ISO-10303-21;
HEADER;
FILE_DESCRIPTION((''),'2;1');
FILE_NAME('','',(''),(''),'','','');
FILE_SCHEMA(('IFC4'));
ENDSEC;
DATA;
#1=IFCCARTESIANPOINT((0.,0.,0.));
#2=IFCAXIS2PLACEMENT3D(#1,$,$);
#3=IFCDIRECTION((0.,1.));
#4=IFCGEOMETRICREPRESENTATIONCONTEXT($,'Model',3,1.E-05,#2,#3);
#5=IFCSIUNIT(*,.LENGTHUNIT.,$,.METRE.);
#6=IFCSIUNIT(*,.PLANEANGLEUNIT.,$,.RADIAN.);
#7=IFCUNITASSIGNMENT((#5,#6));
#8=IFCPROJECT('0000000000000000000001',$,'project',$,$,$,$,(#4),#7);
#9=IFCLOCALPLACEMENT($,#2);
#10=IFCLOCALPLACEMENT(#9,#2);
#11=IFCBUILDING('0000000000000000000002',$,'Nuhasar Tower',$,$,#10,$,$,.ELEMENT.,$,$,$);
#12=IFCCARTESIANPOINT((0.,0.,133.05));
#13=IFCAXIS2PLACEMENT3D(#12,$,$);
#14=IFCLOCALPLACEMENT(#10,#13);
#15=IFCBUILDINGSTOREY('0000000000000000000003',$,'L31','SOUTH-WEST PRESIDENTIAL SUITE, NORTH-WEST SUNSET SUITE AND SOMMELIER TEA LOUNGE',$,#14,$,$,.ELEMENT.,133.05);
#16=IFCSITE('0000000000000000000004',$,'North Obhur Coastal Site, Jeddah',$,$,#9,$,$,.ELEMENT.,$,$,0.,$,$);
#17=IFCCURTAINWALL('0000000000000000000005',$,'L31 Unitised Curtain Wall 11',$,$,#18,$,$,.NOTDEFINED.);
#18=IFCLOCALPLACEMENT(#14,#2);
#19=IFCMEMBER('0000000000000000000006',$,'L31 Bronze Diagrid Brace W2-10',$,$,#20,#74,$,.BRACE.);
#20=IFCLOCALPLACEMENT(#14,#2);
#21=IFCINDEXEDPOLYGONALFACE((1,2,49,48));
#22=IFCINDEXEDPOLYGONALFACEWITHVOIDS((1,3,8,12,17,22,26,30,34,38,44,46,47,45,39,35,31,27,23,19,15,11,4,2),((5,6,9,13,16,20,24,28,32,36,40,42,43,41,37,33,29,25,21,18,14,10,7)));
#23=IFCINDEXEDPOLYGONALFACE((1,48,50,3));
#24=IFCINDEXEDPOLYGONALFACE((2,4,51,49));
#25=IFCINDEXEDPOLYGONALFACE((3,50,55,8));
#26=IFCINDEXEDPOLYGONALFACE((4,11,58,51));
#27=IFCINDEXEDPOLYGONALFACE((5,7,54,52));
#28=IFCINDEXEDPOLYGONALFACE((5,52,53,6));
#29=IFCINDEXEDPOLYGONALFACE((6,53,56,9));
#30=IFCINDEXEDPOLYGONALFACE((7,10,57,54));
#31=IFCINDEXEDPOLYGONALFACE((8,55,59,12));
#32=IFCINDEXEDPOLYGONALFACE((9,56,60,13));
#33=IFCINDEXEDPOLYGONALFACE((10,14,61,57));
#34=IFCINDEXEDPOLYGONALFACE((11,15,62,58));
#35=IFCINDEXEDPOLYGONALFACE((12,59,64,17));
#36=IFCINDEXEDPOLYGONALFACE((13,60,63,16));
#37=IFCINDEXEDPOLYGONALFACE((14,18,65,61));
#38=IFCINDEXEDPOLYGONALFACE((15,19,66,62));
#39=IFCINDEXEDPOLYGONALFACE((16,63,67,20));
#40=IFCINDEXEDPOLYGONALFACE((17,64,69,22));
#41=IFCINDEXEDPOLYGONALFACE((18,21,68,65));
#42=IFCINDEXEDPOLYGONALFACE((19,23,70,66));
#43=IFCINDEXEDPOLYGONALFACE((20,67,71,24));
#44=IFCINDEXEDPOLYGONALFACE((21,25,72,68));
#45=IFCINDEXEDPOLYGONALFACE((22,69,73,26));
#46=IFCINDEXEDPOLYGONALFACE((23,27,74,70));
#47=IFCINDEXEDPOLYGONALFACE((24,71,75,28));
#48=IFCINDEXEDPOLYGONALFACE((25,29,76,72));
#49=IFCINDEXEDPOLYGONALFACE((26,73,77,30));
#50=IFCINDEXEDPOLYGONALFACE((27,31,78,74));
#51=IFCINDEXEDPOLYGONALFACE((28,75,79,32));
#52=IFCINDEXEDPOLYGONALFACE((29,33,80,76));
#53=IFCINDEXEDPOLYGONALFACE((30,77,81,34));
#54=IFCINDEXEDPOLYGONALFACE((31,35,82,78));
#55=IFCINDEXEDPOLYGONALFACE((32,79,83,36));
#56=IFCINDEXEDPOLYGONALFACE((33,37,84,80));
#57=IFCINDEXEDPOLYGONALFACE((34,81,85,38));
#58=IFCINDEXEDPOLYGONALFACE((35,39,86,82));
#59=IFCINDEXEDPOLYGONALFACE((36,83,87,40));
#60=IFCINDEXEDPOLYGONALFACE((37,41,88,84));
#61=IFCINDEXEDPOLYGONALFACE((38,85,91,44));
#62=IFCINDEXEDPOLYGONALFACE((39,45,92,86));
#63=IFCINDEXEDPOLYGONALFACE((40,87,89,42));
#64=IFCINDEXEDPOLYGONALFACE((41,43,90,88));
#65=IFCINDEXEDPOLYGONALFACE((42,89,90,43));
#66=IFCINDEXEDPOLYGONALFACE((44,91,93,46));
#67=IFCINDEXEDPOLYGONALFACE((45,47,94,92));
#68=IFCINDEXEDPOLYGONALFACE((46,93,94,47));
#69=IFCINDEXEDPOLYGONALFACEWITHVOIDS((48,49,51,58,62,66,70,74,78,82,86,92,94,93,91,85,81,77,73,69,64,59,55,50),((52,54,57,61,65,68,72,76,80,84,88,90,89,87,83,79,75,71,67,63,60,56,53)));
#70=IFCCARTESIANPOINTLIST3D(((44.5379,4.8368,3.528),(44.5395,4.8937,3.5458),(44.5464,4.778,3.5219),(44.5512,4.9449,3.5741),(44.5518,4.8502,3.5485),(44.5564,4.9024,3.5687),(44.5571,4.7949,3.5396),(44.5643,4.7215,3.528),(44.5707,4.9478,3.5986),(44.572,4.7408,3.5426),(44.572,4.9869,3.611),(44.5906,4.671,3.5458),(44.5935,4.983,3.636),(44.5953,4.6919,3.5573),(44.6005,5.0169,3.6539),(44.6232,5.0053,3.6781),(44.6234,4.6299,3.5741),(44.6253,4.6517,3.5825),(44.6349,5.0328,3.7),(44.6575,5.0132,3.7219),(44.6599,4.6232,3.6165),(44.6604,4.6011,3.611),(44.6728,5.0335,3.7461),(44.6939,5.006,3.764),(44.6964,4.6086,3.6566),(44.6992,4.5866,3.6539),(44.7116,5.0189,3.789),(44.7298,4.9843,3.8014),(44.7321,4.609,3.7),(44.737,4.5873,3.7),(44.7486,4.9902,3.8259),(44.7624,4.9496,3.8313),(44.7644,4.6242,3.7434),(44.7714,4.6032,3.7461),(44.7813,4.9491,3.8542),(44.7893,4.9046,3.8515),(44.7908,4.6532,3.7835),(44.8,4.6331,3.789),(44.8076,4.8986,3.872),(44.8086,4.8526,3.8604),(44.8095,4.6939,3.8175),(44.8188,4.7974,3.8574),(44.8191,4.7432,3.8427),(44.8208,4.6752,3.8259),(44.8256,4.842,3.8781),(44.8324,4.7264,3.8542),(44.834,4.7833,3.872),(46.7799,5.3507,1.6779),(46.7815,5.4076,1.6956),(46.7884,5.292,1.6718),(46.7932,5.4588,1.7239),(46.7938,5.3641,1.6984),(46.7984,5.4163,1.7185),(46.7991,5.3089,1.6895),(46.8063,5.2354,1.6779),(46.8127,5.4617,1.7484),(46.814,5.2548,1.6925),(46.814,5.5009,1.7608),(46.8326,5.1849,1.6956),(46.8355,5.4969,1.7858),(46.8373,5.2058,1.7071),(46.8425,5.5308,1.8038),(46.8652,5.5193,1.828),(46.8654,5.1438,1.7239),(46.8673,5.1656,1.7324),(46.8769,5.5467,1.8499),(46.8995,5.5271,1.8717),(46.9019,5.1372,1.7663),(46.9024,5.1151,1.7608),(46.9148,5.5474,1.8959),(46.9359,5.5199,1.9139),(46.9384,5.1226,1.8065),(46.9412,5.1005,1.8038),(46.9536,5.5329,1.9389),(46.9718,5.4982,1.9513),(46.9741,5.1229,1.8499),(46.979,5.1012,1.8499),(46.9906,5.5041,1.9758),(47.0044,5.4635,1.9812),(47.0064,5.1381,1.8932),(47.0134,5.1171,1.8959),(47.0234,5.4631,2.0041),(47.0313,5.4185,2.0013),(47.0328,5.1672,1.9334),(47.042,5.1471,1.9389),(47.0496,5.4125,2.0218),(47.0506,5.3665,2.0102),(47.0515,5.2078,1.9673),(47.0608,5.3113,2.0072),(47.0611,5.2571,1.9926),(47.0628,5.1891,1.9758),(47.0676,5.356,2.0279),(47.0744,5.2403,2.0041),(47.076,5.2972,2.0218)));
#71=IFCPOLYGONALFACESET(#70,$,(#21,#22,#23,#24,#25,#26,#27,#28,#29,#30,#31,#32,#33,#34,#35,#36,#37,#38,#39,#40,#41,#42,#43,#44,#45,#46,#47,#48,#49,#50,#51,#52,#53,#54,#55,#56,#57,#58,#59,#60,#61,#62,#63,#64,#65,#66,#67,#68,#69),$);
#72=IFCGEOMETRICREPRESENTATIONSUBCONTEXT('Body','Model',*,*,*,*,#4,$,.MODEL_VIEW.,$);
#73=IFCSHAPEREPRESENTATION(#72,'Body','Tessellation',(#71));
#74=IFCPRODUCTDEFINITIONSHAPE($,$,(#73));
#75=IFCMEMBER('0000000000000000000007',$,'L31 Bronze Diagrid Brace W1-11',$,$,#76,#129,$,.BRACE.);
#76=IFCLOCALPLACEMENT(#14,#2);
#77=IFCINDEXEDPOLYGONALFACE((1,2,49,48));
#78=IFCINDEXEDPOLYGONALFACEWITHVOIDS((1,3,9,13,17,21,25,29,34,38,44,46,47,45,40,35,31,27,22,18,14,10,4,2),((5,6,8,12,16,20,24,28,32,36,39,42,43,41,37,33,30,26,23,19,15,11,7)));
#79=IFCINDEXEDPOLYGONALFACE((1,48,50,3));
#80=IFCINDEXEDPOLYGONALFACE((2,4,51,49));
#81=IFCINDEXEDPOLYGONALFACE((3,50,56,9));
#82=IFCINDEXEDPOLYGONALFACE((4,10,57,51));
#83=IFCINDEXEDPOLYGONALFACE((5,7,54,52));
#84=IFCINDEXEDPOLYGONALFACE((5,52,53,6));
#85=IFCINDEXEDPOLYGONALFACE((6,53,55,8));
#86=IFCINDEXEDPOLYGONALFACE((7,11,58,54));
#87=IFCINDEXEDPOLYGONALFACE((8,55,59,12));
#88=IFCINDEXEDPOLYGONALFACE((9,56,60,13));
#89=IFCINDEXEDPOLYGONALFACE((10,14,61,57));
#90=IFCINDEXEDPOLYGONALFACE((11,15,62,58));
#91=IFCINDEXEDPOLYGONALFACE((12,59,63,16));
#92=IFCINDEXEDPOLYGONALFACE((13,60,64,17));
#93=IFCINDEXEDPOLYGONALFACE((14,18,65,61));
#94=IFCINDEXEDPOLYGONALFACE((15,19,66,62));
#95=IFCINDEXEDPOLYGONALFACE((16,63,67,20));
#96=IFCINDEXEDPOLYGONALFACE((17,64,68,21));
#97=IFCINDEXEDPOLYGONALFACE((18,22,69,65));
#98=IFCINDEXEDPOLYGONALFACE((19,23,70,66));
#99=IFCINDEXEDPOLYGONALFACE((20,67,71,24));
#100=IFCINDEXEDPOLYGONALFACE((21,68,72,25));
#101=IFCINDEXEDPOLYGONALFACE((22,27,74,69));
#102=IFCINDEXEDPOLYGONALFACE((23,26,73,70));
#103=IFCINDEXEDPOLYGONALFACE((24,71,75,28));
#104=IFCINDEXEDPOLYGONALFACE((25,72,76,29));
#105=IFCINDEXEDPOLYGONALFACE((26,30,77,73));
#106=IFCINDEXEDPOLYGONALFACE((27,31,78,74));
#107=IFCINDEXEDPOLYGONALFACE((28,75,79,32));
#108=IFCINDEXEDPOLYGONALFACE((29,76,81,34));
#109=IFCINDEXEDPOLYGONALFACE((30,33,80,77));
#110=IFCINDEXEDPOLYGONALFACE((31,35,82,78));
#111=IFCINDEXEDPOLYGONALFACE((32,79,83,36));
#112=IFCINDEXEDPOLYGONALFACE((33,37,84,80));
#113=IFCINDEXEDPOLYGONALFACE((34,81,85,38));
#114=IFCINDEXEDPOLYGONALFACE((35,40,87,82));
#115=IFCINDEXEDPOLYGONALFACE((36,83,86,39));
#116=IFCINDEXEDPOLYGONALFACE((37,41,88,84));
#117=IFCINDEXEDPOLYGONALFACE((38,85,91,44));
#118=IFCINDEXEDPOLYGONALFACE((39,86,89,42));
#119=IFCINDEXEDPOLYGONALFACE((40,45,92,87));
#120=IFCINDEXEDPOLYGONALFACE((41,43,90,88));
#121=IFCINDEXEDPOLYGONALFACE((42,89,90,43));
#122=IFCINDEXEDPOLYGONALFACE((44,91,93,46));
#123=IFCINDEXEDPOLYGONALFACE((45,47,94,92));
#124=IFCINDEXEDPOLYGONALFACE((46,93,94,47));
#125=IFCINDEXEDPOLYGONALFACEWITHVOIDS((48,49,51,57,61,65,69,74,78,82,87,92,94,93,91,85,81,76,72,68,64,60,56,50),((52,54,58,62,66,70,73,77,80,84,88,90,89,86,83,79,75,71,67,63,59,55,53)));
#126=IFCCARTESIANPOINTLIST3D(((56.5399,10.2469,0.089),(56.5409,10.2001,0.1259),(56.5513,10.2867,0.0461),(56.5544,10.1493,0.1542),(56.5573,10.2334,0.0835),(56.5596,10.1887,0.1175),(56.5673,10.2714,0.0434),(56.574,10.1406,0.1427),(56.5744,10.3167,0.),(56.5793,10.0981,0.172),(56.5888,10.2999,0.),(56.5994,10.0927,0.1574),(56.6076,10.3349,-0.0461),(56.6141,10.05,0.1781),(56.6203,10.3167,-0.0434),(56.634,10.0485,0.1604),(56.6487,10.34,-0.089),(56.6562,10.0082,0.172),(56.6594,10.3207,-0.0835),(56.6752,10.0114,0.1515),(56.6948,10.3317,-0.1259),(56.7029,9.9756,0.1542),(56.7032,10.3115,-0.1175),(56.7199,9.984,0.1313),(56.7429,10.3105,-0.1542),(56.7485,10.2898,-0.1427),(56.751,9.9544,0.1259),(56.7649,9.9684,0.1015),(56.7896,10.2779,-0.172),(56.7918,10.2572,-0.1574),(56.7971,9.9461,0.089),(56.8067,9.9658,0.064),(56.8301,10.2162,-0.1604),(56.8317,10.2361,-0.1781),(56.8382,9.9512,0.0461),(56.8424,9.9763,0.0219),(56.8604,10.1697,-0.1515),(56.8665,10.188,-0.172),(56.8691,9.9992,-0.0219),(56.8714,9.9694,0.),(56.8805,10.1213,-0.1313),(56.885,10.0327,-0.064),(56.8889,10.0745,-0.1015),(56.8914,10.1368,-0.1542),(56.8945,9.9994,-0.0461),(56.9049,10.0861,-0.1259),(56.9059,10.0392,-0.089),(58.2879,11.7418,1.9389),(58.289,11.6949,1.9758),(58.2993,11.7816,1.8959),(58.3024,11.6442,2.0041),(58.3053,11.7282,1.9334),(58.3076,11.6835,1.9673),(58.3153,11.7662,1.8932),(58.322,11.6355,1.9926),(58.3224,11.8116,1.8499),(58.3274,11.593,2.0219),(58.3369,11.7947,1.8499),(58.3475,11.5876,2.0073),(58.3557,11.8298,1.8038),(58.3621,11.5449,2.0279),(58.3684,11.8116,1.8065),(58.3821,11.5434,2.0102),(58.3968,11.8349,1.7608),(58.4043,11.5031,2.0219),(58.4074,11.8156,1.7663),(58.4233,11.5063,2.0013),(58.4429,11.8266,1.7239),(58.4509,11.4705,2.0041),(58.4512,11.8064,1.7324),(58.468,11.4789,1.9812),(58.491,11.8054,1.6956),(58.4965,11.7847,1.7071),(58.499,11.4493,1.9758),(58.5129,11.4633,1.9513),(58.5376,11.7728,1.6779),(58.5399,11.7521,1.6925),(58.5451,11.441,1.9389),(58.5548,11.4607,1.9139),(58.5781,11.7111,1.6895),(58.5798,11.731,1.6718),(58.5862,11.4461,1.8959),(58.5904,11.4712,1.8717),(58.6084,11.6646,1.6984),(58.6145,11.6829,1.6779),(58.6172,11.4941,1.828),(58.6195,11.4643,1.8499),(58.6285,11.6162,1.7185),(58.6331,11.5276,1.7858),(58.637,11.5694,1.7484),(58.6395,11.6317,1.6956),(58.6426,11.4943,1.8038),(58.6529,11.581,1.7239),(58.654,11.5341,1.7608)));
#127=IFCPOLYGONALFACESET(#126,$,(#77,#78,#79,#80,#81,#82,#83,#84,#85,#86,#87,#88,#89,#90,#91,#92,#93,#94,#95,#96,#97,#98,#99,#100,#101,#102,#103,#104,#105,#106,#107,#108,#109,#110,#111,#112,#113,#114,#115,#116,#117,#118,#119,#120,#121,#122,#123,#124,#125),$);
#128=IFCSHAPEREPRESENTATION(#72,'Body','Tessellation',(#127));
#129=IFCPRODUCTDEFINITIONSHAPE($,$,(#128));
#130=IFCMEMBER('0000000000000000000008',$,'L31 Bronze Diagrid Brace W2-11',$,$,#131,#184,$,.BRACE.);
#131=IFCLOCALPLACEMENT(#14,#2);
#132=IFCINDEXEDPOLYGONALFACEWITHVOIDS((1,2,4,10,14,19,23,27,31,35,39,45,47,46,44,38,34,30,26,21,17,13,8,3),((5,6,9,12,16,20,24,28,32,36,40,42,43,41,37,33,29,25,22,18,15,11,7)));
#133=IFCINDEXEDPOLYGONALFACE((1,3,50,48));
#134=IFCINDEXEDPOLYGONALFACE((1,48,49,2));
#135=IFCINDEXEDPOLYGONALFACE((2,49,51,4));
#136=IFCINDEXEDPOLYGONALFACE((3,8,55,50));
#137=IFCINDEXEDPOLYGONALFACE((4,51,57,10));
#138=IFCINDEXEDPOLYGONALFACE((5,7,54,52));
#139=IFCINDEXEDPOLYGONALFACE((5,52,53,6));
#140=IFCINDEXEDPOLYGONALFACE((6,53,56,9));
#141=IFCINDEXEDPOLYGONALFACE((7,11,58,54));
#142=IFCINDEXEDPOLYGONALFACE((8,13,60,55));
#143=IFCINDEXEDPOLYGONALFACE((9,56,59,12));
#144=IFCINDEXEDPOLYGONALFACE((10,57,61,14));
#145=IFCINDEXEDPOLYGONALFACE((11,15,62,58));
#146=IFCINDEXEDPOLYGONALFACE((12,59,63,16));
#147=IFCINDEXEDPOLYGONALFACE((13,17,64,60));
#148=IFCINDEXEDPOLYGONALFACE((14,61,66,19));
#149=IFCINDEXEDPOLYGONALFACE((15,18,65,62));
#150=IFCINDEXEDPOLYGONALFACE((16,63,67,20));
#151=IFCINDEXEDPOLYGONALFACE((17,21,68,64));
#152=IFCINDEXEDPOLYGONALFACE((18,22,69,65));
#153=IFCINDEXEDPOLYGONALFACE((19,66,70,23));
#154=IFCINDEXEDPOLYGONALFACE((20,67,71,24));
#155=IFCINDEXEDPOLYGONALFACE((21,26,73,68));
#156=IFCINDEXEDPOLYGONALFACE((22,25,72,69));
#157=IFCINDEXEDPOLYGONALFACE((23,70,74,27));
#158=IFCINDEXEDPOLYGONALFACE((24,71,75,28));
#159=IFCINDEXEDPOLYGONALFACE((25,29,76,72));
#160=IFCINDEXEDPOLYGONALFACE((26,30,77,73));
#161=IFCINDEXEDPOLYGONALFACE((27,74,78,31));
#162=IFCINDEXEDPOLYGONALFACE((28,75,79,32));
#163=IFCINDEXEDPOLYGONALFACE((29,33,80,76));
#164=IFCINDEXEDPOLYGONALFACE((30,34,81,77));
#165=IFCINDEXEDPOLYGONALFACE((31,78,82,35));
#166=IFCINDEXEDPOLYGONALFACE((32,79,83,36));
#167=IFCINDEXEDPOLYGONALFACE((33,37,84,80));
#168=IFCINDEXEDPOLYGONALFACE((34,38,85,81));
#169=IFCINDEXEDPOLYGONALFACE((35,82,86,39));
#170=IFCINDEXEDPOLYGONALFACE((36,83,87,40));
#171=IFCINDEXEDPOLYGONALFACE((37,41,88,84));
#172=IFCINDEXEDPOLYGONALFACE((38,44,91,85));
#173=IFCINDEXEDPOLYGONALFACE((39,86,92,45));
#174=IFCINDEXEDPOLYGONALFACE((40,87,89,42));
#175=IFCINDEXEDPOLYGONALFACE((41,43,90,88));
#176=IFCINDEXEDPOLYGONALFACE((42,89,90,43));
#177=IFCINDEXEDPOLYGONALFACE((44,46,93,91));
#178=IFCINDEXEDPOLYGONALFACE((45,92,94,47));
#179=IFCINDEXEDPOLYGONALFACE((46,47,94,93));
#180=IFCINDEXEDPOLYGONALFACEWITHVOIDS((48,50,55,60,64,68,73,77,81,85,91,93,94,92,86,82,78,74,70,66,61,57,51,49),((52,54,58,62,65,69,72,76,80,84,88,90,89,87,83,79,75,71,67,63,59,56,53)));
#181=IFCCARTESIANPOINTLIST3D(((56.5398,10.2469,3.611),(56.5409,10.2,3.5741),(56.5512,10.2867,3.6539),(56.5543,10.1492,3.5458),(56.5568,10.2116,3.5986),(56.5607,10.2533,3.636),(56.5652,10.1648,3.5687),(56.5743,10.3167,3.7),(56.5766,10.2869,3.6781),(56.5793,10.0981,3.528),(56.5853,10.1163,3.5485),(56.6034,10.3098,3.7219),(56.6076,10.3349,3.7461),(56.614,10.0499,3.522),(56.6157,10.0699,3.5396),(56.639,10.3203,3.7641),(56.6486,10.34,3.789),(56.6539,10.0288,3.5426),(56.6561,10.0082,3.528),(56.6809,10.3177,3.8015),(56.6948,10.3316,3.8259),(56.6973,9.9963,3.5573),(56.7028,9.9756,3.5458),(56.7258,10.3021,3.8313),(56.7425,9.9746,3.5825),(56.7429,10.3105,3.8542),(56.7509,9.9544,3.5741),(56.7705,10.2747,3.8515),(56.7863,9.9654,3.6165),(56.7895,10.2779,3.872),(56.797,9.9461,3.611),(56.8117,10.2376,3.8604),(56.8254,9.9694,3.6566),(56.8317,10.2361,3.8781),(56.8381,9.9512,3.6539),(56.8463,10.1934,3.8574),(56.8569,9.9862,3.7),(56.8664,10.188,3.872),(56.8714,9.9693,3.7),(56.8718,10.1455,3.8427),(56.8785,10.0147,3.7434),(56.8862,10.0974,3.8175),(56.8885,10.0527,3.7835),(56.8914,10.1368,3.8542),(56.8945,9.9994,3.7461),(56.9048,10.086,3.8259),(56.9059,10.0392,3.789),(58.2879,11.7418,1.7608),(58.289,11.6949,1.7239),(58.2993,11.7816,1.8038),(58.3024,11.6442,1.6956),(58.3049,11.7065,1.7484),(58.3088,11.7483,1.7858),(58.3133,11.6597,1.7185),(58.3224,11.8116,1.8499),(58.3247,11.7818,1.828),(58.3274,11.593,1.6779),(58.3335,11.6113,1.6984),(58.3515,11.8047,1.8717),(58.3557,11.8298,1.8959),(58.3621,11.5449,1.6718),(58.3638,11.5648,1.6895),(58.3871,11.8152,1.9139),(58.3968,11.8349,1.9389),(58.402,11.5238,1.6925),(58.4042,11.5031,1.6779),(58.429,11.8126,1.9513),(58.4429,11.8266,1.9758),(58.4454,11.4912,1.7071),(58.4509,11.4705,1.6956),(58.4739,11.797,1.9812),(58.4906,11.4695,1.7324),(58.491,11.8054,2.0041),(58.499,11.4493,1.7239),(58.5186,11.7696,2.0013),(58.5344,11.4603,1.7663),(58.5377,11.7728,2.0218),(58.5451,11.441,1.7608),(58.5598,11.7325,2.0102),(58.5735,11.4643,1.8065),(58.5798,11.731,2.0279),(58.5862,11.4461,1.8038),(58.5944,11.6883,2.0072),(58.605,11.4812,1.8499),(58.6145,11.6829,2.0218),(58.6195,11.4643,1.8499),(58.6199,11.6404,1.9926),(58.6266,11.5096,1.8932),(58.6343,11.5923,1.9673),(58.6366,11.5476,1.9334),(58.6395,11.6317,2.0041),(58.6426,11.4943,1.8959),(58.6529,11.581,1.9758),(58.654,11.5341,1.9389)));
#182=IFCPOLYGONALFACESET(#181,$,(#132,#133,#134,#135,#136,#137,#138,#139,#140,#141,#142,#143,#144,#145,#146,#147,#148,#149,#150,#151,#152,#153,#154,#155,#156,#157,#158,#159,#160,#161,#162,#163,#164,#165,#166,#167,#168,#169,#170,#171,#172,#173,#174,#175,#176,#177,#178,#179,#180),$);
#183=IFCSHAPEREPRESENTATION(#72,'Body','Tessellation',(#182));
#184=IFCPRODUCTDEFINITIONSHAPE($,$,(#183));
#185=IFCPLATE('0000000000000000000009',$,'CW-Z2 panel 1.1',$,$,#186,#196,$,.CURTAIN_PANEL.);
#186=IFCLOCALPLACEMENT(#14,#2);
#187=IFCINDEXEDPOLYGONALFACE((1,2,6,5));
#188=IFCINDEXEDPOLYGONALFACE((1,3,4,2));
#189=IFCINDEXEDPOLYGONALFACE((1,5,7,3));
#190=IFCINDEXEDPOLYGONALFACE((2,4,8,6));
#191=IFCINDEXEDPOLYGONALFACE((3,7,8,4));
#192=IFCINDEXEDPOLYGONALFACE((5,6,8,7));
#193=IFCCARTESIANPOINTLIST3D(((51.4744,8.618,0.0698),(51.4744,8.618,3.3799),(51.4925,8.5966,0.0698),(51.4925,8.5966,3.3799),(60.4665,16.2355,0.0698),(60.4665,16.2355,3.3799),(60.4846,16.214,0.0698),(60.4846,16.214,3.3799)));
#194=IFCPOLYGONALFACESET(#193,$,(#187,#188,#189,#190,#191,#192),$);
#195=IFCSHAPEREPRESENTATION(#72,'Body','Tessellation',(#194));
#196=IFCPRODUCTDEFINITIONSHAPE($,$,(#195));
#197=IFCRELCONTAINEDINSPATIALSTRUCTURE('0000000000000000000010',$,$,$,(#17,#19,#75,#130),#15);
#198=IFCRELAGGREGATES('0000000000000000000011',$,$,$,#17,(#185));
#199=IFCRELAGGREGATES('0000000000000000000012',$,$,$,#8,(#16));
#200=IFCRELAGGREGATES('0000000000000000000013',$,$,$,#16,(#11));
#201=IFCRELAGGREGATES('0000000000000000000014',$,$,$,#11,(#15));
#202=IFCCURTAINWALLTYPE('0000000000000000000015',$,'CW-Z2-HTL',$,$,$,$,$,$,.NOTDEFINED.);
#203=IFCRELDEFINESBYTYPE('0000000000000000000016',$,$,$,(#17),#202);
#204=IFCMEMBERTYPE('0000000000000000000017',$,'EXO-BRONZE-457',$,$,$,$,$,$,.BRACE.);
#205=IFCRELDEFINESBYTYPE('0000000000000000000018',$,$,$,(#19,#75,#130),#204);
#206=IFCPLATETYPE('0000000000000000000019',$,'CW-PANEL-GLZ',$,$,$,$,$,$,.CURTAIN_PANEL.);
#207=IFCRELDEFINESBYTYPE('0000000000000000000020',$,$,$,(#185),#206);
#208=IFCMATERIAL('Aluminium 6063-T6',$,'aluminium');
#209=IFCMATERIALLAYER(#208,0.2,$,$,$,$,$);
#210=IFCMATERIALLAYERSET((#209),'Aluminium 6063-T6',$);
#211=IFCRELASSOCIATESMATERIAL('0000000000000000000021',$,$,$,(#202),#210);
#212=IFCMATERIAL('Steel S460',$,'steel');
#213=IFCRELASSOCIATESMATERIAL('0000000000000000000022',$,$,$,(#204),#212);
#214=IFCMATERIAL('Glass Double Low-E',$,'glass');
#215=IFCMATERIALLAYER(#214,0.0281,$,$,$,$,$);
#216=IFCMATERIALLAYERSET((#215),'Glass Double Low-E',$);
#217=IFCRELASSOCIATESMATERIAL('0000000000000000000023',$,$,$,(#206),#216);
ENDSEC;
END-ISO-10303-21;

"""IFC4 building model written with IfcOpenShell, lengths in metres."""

from ifc_helpers import new_model, si_unit, direction, frame, origin, origin_2d, place, context, subcontext, project, spatial, rectangle, hollow_circle, extrude, material, layer, layer_set, material_profile, profile_set, type_object, element, aggregate, save


model = new_model("IFC4")

# Units and contexts
model_context = context("Model", 3, precision=1e-05, world=origin(), true_north=direction((0.0, 1.0)))
body_context = subcontext(model_context, "Body", "Model", "MODEL_VIEW")
ifc_project = project(units=[si_unit("LENGTHUNIT", "METRE"), si_unit("PLANEANGLEUNIT", "RADIAN")], contexts=[model_context])

# Site, building, storey
site_placement = place(None, origin())
site = spatial("IfcSite", under=ifc_project, at=site_placement, Name="North Obhur Coastal Site, Jeddah", CompositionType="ELEMENT", RefElevation=0.0)
building_placement = place(site_placement, origin())
building = spatial("IfcBuilding", under=site, at=building_placement, Name="Nuhasar Tower", CompositionType="ELEMENT")
storey_placement = place(building_placement, frame((0.0, 0.0, 133.05)))
storey = spatial("IfcBuildingStorey", under=building, at=storey_placement, Name="L31", Description="SOUTH-WEST PRESIDENTIAL SUITE, NORTH-WEST SUNSET SUITE AND SOMMELIER TEA LOUNGE", CompositionType="ELEMENT", Elevation=133.05)

# Shared definitions
ifc_material_1 = material(Name="Aluminium 6063-T6", Category="aluminium")
ifc_layer_1 = layer(ifc_material_1, 0.2)
ifc_layer_set_1 = layer_set([ifc_layer_1], Name="Aluminium 6063-T6")
curtain_wall_type = type_object("IfcCurtainWallType", Name="CW-Z2-HTL", PredefinedType="NOTDEFINED", material=ifc_layer_set_1)

# Curtain wall
curtain_wall_1_placement = place(storey_placement, origin())
curtain_wall_1 = element("IfcCurtainWall", 1, at=curtain_wall_1_placement, inside=storey, type_object=curtain_wall_type, Name="L31 Unitised Curtain Wall 11", PredefinedType="NOTDEFINED")

# Members
ifc_material_2 = material(Name="Steel S460", Category="steel")
ifc_material_profile_1 = material_profile(ifc_material_2, hollow_circle(Radius=0.2285, WallThickness=0.0222, at=origin_2d()), Name="HSS457X22.2")
ifc_profile_set_1 = profile_set([ifc_material_profile_1], Name="Steel S460")
member_type_1 = type_object("IfcMemberType", Name="EXO-BRONZE-457", PredefinedType="BRACE", material=ifc_profile_set_1)
member_1_placement = place(storey_placement, frame((46.928, 5.324, 1.8499), z_axis=(-0.75951, -0.174101, 0.626764), x_axis=(0.223433, -0.974719, 0.0)))
element("IfcMember", 2, at=member_1_placement, inside=storey, type_object=member_type_1, Name="L31 Bronze Diagrid Brace W2-10", PredefinedType="BRACE", context=body_context, shape_type="SweptSolid", body=[
    extrude(hollow_circle(Radius=0.2285, WallThickness=0.0222, at=origin_2d()), origin(), (0.0, 0.0, 1.0), 2.9519),
])
member_2_placement = place(storey_placement, frame((56.7229, 10.1431, 0.0), z_axis=(0.592226, 0.506452, 0.626717), x_axis=(-0.649926, 0.759998, 0.0)))
element("IfcMember", 3, at=member_2_placement, inside=storey, type_object=member_type_1, Name="L31 Bronze Diagrid Brace W1-11", PredefinedType="BRACE", context=body_context, shape_type="SweptSolid", body=[
    extrude(hollow_circle(Radius=0.2285, WallThickness=0.0222, at=origin_2d()), origin(), (0.0, 0.0, 1.0), 2.9517),
])
member_3_placement = place(storey_placement, frame((58.4709, 11.6379, 1.8499), z_axis=(-0.592195, -0.506426, 0.626767), x_axis=(0.649926, -0.759998, 0.0)))
element("IfcMember", 4, at=member_3_placement, inside=storey, type_object=member_type_1, Name="L31 Bronze Diagrid Brace W2-11", PredefinedType="BRACE", context=body_context, shape_type="SweptSolid", body=[
    extrude(hollow_circle(Radius=0.2285, WallThickness=0.0222, at=origin_2d()), origin(), (0.0, 0.0, 1.0), 2.9519),
])

# Plate
ifc_material_3 = material(Name="Glass Double Low-E", Category="glass")
ifc_layer_2 = layer(ifc_material_3, 0.0281)
ifc_layer_set_2 = layer_set([ifc_layer_2], Name="Glass Double Low-E")
plate_type = type_object("IfcPlateType", Name="CW-PANEL-GLZ", PredefinedType="CURTAIN_PANEL", material=ifc_layer_set_2)
plate_placement = place(storey_placement, frame((55.9795, 12.416, 0.0698), z_axis=(0.0, 0.0, 1.0), x_axis=(0.76302, 0.646374, 0.0)))
plate = element("IfcPlate", 5, at=plate_placement, type_object=plate_type, Name="CW-Z2 panel 1.1", PredefinedType="CURTAIN_PANEL", context=body_context, shape_type="SweptSolid", body=[
    extrude(rectangle(XDim=11.7849, YDim=0.0281, at=origin_2d()), origin(), (0.0, 0.0, 1.0), 3.3101),
])
aggregate(curtain_wall_1, [plate])

save(model, "model.ifc")
